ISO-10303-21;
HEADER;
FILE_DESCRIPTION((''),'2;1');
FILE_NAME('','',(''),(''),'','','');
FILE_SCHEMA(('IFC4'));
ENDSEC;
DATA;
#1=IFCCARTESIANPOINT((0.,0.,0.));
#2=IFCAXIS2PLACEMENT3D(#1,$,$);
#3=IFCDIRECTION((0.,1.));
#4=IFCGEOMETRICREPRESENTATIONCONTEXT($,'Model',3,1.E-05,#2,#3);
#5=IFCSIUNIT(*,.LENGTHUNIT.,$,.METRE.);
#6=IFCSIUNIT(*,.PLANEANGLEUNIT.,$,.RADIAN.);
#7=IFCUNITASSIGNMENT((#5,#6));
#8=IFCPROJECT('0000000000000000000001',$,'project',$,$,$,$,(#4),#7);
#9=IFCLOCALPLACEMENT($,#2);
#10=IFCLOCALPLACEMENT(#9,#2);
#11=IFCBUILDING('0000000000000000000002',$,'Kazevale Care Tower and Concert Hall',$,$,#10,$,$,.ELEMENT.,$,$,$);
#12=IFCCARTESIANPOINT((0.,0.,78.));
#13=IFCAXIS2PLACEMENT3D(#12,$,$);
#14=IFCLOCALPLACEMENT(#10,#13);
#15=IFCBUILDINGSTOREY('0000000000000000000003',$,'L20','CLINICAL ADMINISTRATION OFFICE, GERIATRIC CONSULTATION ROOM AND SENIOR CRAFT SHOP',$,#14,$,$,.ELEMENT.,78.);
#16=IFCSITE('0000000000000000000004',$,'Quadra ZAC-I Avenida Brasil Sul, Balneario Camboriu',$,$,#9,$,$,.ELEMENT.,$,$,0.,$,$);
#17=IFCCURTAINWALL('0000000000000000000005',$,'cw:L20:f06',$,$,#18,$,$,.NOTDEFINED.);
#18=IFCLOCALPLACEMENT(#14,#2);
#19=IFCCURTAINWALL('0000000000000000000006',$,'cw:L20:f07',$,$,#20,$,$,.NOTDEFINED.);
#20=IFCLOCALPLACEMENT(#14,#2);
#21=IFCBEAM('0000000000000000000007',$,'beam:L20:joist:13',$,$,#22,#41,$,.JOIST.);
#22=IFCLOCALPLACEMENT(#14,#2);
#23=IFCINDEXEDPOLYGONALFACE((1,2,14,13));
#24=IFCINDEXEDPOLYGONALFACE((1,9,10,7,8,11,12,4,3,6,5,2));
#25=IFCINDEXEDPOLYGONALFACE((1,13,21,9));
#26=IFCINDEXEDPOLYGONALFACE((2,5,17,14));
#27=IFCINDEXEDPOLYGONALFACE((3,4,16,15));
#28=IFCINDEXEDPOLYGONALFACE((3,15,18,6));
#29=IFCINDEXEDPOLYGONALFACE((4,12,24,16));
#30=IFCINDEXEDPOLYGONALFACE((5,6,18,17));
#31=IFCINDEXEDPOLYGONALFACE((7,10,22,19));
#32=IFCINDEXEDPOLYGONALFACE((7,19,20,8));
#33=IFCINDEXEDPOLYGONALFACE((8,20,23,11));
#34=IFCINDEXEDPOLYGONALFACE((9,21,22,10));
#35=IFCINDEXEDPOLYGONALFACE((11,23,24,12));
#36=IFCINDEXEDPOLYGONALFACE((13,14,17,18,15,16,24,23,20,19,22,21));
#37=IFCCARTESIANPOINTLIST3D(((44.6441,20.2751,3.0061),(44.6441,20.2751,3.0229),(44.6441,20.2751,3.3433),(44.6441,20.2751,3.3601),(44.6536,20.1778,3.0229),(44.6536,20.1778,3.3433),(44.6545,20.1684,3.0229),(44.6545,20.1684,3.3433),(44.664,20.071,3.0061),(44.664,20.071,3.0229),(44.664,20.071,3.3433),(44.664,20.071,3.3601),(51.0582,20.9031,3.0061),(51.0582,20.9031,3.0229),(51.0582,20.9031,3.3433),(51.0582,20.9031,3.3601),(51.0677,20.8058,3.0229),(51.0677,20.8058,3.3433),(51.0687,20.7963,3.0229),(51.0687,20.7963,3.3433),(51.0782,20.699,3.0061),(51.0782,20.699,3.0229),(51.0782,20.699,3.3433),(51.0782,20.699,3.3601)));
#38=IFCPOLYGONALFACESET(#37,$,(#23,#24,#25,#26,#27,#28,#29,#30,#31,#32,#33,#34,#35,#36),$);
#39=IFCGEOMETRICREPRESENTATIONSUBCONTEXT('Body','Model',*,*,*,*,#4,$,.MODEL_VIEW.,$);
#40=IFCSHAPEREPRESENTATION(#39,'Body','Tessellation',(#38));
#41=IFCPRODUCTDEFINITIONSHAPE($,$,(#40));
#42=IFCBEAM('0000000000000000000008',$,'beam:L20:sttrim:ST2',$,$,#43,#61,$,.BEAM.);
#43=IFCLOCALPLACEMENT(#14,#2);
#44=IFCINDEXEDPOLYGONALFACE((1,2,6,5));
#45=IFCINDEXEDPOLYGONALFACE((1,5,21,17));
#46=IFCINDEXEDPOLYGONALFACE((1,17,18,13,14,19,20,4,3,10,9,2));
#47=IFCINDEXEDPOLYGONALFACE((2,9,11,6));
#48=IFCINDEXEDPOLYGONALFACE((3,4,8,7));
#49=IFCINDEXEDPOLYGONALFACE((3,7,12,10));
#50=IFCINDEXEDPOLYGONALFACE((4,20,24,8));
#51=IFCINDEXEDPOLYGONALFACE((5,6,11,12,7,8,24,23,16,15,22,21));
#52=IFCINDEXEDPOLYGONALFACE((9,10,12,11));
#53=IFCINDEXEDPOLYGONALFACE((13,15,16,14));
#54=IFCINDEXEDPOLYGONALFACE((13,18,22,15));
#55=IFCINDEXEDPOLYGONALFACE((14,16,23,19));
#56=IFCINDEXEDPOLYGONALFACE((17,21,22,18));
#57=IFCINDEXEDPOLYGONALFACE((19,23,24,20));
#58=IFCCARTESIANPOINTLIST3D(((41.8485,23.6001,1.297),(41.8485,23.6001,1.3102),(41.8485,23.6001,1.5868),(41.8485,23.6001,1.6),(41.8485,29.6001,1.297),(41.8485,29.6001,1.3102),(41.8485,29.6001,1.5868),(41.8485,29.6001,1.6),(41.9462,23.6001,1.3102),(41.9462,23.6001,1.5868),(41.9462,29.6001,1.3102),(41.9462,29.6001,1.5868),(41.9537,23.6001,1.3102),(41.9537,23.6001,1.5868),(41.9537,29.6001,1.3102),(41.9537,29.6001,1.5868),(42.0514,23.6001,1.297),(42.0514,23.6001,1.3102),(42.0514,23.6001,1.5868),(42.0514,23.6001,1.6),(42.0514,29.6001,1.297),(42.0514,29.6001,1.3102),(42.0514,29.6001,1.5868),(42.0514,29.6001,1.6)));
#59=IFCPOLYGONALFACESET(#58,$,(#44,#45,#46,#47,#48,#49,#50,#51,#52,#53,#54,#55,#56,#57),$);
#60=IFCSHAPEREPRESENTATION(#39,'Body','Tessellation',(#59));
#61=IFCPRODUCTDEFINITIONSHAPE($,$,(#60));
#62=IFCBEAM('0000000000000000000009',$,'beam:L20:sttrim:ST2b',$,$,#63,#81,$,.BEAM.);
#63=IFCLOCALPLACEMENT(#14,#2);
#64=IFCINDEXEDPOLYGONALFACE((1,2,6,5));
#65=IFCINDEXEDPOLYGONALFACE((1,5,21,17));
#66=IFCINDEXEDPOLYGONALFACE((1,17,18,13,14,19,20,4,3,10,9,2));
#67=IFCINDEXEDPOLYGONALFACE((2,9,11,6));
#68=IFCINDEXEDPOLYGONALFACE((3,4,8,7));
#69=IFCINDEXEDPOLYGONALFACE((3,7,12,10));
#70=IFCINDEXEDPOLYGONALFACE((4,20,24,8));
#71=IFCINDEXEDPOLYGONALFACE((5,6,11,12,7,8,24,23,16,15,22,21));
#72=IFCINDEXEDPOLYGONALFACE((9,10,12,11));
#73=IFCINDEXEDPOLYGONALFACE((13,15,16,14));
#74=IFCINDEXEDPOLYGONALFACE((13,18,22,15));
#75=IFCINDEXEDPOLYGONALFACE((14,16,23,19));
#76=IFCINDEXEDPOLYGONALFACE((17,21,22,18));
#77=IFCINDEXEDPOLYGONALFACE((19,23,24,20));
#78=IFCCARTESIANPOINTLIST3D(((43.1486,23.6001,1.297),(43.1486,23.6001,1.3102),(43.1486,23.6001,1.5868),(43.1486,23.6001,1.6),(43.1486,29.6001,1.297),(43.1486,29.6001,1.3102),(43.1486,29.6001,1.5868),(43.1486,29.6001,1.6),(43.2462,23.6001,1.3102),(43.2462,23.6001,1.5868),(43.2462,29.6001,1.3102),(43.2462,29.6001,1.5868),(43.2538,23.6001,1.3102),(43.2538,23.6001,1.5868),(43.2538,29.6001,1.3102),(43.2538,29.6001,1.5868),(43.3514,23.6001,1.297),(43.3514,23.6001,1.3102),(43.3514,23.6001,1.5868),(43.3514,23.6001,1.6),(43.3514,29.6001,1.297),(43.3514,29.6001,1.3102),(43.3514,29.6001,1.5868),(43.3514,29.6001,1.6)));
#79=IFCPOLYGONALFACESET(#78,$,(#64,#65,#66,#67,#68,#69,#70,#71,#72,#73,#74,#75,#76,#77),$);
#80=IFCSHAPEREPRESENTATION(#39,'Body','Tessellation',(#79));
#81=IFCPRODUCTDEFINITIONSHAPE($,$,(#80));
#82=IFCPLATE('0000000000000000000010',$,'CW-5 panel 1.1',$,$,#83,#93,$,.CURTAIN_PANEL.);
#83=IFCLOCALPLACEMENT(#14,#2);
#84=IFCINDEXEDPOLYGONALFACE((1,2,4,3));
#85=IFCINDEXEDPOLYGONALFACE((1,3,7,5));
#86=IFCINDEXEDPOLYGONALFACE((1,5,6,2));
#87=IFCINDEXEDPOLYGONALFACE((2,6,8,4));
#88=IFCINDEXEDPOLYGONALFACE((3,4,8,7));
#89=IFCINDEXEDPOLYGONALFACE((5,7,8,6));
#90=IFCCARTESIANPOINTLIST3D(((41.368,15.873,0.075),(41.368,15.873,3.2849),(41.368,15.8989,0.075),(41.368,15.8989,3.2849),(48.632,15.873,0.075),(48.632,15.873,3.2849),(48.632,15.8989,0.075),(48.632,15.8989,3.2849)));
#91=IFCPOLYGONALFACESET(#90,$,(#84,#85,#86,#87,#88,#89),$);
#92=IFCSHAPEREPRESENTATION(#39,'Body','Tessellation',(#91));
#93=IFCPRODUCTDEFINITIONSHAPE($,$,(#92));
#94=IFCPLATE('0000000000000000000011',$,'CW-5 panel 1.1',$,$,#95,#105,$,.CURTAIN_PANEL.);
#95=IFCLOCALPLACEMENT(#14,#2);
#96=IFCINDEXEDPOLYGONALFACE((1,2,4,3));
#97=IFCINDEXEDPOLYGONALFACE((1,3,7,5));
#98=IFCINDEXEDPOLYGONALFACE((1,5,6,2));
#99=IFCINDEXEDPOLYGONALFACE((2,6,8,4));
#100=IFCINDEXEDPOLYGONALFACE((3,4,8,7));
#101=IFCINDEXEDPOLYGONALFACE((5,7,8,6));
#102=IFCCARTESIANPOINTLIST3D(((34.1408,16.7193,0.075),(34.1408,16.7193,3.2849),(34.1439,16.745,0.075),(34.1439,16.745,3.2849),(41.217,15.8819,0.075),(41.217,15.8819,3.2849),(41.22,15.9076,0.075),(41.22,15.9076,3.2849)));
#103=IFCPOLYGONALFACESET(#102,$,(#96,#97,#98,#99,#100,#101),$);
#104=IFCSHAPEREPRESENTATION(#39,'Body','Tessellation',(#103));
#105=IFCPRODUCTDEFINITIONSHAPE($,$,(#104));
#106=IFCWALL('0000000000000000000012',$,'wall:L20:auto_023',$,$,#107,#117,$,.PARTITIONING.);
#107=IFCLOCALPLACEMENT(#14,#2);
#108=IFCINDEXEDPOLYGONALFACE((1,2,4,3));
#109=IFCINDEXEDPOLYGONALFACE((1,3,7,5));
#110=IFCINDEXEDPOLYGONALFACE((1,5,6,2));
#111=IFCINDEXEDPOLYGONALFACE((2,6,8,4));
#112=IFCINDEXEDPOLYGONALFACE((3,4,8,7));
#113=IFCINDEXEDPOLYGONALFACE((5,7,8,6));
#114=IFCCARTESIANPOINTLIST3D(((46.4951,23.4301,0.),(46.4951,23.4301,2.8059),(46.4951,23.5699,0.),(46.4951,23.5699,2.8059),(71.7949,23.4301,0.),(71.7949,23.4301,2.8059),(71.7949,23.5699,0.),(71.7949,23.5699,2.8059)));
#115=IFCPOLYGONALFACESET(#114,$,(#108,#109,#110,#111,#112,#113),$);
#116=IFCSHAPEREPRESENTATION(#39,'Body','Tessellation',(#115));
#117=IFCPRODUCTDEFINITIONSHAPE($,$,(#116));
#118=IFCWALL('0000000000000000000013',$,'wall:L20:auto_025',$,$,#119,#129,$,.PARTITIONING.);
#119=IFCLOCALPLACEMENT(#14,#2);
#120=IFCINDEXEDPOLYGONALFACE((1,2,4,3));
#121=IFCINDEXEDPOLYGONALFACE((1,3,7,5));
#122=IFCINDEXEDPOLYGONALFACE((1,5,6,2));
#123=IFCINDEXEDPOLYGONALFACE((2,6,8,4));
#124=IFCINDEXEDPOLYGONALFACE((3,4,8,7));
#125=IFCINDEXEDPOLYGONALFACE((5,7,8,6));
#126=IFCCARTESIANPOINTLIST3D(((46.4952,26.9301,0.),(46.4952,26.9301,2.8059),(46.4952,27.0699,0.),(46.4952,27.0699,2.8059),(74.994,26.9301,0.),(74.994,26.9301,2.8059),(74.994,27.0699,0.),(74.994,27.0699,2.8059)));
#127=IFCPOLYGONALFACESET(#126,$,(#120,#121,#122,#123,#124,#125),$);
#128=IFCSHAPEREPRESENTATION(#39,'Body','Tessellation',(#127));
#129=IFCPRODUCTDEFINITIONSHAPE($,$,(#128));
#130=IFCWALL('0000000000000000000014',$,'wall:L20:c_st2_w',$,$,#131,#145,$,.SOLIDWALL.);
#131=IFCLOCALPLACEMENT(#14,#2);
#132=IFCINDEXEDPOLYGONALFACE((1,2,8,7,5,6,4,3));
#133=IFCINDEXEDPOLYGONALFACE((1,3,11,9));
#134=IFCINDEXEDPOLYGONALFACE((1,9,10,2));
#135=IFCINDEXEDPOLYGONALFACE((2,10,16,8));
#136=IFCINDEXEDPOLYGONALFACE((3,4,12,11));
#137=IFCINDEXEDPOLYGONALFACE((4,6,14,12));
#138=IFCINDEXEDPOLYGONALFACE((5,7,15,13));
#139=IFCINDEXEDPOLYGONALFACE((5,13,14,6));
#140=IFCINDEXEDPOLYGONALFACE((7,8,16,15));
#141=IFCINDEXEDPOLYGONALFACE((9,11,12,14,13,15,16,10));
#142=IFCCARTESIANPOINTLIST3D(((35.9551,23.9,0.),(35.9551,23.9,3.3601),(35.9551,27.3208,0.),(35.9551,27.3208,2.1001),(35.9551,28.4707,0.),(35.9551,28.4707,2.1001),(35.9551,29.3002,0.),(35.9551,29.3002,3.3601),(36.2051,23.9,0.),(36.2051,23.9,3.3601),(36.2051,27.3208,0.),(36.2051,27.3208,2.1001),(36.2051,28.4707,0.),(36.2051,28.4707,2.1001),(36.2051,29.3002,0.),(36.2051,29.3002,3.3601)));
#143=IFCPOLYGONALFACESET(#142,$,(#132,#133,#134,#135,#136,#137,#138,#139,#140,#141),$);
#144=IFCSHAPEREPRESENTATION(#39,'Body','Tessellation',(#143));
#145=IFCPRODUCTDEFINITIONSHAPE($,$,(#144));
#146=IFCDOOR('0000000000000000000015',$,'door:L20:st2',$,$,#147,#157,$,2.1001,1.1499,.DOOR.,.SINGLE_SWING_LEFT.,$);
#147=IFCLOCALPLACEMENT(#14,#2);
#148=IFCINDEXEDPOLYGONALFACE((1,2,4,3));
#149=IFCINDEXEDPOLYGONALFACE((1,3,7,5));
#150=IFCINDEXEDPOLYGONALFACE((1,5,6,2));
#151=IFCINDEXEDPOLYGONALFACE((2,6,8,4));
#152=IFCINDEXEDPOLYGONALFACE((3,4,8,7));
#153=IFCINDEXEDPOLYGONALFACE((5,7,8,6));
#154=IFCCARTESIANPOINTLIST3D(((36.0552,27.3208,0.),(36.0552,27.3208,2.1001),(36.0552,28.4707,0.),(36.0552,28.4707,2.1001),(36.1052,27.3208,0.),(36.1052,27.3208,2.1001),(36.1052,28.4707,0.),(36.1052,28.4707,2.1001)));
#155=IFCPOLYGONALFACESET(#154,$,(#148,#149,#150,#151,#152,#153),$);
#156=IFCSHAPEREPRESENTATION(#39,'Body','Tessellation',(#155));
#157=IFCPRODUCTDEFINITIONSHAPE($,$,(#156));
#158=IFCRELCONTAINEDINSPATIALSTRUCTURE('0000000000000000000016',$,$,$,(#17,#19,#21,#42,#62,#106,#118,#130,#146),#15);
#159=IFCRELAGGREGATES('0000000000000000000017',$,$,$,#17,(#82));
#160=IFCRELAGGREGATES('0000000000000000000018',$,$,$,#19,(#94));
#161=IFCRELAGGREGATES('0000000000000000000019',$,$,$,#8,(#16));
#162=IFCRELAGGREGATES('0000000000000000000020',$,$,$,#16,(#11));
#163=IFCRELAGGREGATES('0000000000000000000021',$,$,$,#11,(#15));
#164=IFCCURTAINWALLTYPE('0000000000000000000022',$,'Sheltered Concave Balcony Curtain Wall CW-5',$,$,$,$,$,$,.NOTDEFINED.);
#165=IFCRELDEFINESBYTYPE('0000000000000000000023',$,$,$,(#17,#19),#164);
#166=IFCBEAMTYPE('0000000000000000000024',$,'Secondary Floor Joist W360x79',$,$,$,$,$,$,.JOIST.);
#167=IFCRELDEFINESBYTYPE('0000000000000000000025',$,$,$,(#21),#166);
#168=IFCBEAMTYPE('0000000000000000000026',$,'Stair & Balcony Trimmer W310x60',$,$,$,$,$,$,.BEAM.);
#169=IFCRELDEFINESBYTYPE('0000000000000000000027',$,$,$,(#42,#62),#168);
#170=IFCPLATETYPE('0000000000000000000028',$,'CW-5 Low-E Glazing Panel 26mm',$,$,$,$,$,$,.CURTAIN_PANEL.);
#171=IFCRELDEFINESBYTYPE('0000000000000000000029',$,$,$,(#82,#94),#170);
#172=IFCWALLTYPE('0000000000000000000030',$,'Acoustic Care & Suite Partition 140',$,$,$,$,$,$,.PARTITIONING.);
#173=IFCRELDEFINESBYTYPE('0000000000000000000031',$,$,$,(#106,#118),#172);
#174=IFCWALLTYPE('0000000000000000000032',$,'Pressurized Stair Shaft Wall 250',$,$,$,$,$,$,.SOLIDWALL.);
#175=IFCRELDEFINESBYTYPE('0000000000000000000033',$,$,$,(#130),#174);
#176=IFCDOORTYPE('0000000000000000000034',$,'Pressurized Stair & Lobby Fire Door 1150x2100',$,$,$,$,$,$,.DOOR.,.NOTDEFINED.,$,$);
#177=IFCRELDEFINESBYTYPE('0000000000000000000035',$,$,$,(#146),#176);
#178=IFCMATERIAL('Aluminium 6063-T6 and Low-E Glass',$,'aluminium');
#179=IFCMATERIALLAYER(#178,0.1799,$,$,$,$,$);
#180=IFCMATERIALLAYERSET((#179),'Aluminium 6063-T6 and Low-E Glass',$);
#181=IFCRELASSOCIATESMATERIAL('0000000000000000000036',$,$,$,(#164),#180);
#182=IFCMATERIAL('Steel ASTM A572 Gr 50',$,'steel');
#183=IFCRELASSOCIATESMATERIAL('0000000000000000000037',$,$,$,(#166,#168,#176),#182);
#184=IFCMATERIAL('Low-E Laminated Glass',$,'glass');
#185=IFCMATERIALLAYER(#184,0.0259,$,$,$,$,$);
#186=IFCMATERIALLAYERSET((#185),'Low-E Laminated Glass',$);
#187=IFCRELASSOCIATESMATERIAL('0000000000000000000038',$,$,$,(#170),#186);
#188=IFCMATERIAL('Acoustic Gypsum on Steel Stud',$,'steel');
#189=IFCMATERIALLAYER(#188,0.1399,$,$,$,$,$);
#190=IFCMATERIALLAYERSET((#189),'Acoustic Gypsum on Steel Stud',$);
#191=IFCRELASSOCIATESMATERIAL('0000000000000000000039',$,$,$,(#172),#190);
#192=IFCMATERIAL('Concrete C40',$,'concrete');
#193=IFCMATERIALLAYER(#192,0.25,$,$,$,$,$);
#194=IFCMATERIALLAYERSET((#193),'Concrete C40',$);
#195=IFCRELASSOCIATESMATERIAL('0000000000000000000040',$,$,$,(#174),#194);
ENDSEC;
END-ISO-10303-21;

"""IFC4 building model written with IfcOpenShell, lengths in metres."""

from ifc_helpers import new_model, si_unit, direction, frame, frame_2d, origin, origin_2d, place, context, subcontext, project, spatial, rectangle, i_section, extrude, material, layer, layer_set, material_profile, profile_set, type_object, element, fill, aggregate, save


model = new_model("IFC4")

# Units and contexts
model_context = context("Model", 3, precision=1e-05, world=origin(), true_north=direction((0.0, 1.0)))
body_context = subcontext(model_context, "Body", "Model", "MODEL_VIEW")
ifc_project = project(units=[si_unit("LENGTHUNIT", "METRE"), si_unit("PLANEANGLEUNIT", "RADIAN")], contexts=[model_context])

# Site, building, storey
site_placement = place(None, origin())
site = spatial("IfcSite", under=ifc_project, at=site_placement, Name="Quadra ZAC-I Avenida Brasil Sul, Balneario Camboriu", CompositionType="ELEMENT", RefElevation=0.0)
building_placement = place(site_placement, origin())
building = spatial("IfcBuilding", under=site, at=building_placement, Name="Kazevale Care Tower and Concert Hall", CompositionType="ELEMENT")
storey_placement = place(building_placement, frame((0.0, 0.0, 78.0)))
storey = spatial("IfcBuildingStorey", under=building, at=storey_placement, Name="L20", Description="CLINICAL ADMINISTRATION OFFICE, GERIATRIC CONSULTATION ROOM AND SENIOR CRAFT SHOP", CompositionType="ELEMENT", Elevation=78.0)

# Curtain wall
ifc_material_1 = material(Name="Aluminium 6063-T6 and Low-E Glass", Category="aluminium")
ifc_layer_1 = layer(ifc_material_1, 0.1799)
ifc_layer_set_1 = layer_set([ifc_layer_1], Name="Aluminium 6063-T6 and Low-E Glass")
curtain_wall_type = type_object("IfcCurtainWallType", Name="Sheltered Concave Balcony Curtain Wall CW-5", PredefinedType="NOTDEFINED", material=ifc_layer_set_1)
curtain_wall_1_placement = place(storey_placement, origin())
curtain_wall_1 = element("IfcCurtainWall", 1, at=curtain_wall_1_placement, inside=storey, type_object=curtain_wall_type, Name="cw:L20:f06", PredefinedType="NOTDEFINED")

# Curtain wall
curtain_wall_2_placement = place(storey_placement, origin())
curtain_wall_2 = element("IfcCurtainWall", 2, at=curtain_wall_2_placement, inside=storey, type_object=curtain_wall_type, Name="cw:L20:f07", PredefinedType="NOTDEFINED")

# Beams
ifc_material_2 = material(Name="Steel ASTM A572 Gr 50", Category="steel")
ifc_material_profile_1 = material_profile(ifc_material_2, i_section(OverallWidth=0.2051, OverallDepth=0.354, WebThickness=0.0095, FlangeThickness=0.0168, at=origin_2d()), Name="W360x79")
ifc_profile_set_1 = profile_set([ifc_material_profile_1], Name="Steel ASTM A572 Gr 50")
beam_type_1 = type_object("IfcBeamType", Name="Secondary Floor Joist W360x79", PredefinedType="JOIST", material=ifc_profile_set_1)
beam_1_placement = place(storey_placement, frame((44.6541, 20.1731, 3.1831), z_axis=(0.995242, 0.097433, 0.0), x_axis=(-0.097433, 0.995242, 0.0)))
element("IfcBeam", 3, at=beam_1_placement, inside=storey, type_object=beam_type_1, Name="beam:L20:joist:13", PredefinedType="JOIST", context=body_context, shape_type="SweptSolid", body=[
    extrude(i_section(OverallWidth=0.2051, OverallDepth=0.354, WebThickness=0.0095, FlangeThickness=0.0168, at=origin_2d()), origin(), (0.0, 0.0, 1.0), 6.4448),
])
ifc_material_profile_2 = material_profile(ifc_material_2, i_section(OverallWidth=0.2029, OverallDepth=0.303, WebThickness=0.0076, FlangeThickness=0.0132, at=origin_2d()), Name="W310x60")
ifc_profile_set_2 = profile_set([ifc_material_profile_2], Name="Steel ASTM A572 Gr 50")
beam_type_2 = type_object("IfcBeamType", Name="Stair & Balcony Trimmer W310x60", PredefinedType="BEAM", material=ifc_profile_set_2)
for number, where, z_axis, x_axis, name in (
    (4, (41.95, 23.6001, 1.4485), (0.0, 1.0, 0.0), (-1.0, 0.0, 0.0), "beam:L20:sttrim:ST2"),
    (5, (43.25, 23.6001, 1.4485), (0.0, 1.0, 0.0), (-1.0, 0.0, 0.0), "beam:L20:sttrim:ST2b"),
):
    element("IfcBeam", number, at=place(storey_placement, frame(where, z_axis=z_axis, x_axis=x_axis)), inside=storey, type_object=beam_type_2, Name=name, PredefinedType="BEAM", context=body_context, shape_type="SweptSolid", body=[
        extrude(i_section(OverallWidth=0.2029, OverallDepth=0.303, WebThickness=0.0076, FlangeThickness=0.0132, at=origin_2d()), origin(), (0.0, 0.0, 1.0), 6.0),
    ])

# Plates
ifc_material_3 = material(Name="Low-E Laminated Glass", Category="glass")
ifc_layer_2 = layer(ifc_material_3, 0.0259)
ifc_layer_set_2 = layer_set([ifc_layer_2], Name="Low-E Laminated Glass")
plate_type = type_object("IfcPlateType", Name="CW-5 Low-E Glazing Panel 26mm", PredefinedType="CURTAIN_PANEL", material=ifc_layer_set_2)
plate_1_placement = place(storey_placement, frame((45.0, 15.886, 0.075), z_axis=(0.0, 0.0, 1.0), x_axis=(-1.0, 0.0, 0.0)))
plate_1 = element("IfcPlate", 6, at=plate_1_placement, type_object=plate_type, Name="CW-5 panel 1.1", PredefinedType="CURTAIN_PANEL", context=body_context, shape_type="SweptSolid", body=[
    extrude(rectangle(XDim=7.2639, YDim=0.0259, at=origin_2d()), origin(), (0.0, 0.0, 1.0), 3.21),
])
aggregate(curtain_wall_1, [plate_1])
plate_2_placement = place(storey_placement, frame((37.6804, 16.3135, 0.075), z_axis=(0.0, 0.0, 1.0), x_axis=(-0.993071, 0.117519, 0.0)))
plate_2 = element("IfcPlate", 7, at=plate_2_placement, type_object=plate_type, Name="CW-5 panel 1.1", PredefinedType="CURTAIN_PANEL", context=body_context, shape_type="SweptSolid", body=[
    extrude(rectangle(XDim=7.1255, YDim=0.0259, at=origin_2d()), origin(), (0.0, 0.0, 1.0), 3.21),
])
aggregate(curtain_wall_2, [plate_2])

# Walls
ifc_material_4 = material(Name="Acoustic Gypsum on Steel Stud", Category="steel")
ifc_layer_3 = layer(ifc_material_4, 0.1399)
ifc_layer_set_3 = layer_set([ifc_layer_3], Name="Acoustic Gypsum on Steel Stud")
wall_type_1 = type_object("IfcWallType", Name="Acoustic Care & Suite Partition 140", PredefinedType="PARTITIONING", material=ifc_layer_set_3)
wall_1_placement = place(storey_placement, frame((46.4951, 23.5, 0.0), z_axis=(0.0, 0.0, 1.0), x_axis=(1.0, 0.0, 0.0)))
element("IfcWall", 8, at=wall_1_placement, inside=storey, type_object=wall_type_1, Name="wall:L20:auto_023", PredefinedType="PARTITIONING", context=body_context, shape_type="SweptSolid", body=[
    extrude(rectangle(XDim=25.2998, YDim=0.1399, at=frame_2d((12.6499, 0.0))), origin(), (0.0, 0.0, 1.0), 2.8059),
])
wall_2_placement = place(storey_placement, frame((46.4951, 27.0, 0.0), z_axis=(0.0, 0.0, 1.0), x_axis=(1.0, 0.0, 0.0)))
element("IfcWall", 9, at=wall_2_placement, inside=storey, type_object=wall_type_1, Name="wall:L20:auto_025", PredefinedType="PARTITIONING", context=body_context, shape_type="SweptSolid", body=[
    extrude(rectangle(XDim=28.4988, YDim=0.1399, at=frame_2d((14.2495, 0.0))), origin(), (0.0, 0.0, 1.0), 2.8059),
])

# Wall, opening, door
ifc_material_5 = material(Name="Concrete C40", Category="concrete")
ifc_layer_4 = layer(ifc_material_5, 0.25)
ifc_layer_set_4 = layer_set([ifc_layer_4], Name="Concrete C40")
wall_type_2 = type_object("IfcWallType", Name="Pressurized Stair Shaft Wall 250", PredefinedType="SOLIDWALL", material=ifc_layer_set_4)
wall_3_placement = place(storey_placement, frame((36.0801, 23.8999, 0.0), z_axis=(0.0, 0.0, 1.0), x_axis=(0.0, 1.0, 0.0)))
wall_3 = element("IfcWall", 10, at=wall_3_placement, inside=storey, type_object=wall_type_2, Name="wall:L20:c_st2_w", PredefinedType="SOLIDWALL", context=body_context, shape_type="SweptSolid", body=[
    extrude(rectangle(XDim=5.4001, YDim=0.25, at=frame_2d((2.7002, 0.0))), origin(), (0.0, 0.0, 1.0), 3.3601),
])
opening_1_placement = place(wall_3_placement, frame((3.4209, 0.0, 0.0)))
opening_1 = element("IfcOpeningElement", 11, at=opening_1_placement, cuts=wall_3, PredefinedType="OPENING", context=body_context, shape_type="SweptSolid", body=[
    extrude(rectangle(XDim=1.1499, YDim=2.1001, at=frame_2d((0.575, 1.05))), frame((0.0, 0.135, 0.0), z_axis=(0.0, -1.0, 0.0), x_axis=(1.0, 0.0, 0.0)), (0.0, 0.0, 1.0), 0.27),
])
door_type_1 = type_object("IfcDoorType", Name="Pressurized Stair & Lobby Fire Door 1150x2100", OperationType="NOTDEFINED", PredefinedType="DOOR", material=ifc_material_2)
door_1_placement = place(opening_1_placement, origin())
door_1 = element("IfcDoor", 12, at=door_1_placement, inside=storey, type_object=door_type_1, Name="door:L20:st2", OperationType="SINGLE_SWING_LEFT", OverallHeight=2.1001, OverallWidth=1.1499, PredefinedType="DOOR", context=body_context, shape_type="SweptSolid", body=[
    extrude(rectangle(XDim=1.1499, YDim=2.1001, at=frame_2d((0.575, 1.05))), frame((0.0, 0.0249, 0.0), z_axis=(0.0, -1.0, 0.0), x_axis=(1.0, 0.0, 0.0)), (0.0, 0.0, 1.0), 0.05),
])
fill(opening_1, door_1)

save(model, "model.ifc")
